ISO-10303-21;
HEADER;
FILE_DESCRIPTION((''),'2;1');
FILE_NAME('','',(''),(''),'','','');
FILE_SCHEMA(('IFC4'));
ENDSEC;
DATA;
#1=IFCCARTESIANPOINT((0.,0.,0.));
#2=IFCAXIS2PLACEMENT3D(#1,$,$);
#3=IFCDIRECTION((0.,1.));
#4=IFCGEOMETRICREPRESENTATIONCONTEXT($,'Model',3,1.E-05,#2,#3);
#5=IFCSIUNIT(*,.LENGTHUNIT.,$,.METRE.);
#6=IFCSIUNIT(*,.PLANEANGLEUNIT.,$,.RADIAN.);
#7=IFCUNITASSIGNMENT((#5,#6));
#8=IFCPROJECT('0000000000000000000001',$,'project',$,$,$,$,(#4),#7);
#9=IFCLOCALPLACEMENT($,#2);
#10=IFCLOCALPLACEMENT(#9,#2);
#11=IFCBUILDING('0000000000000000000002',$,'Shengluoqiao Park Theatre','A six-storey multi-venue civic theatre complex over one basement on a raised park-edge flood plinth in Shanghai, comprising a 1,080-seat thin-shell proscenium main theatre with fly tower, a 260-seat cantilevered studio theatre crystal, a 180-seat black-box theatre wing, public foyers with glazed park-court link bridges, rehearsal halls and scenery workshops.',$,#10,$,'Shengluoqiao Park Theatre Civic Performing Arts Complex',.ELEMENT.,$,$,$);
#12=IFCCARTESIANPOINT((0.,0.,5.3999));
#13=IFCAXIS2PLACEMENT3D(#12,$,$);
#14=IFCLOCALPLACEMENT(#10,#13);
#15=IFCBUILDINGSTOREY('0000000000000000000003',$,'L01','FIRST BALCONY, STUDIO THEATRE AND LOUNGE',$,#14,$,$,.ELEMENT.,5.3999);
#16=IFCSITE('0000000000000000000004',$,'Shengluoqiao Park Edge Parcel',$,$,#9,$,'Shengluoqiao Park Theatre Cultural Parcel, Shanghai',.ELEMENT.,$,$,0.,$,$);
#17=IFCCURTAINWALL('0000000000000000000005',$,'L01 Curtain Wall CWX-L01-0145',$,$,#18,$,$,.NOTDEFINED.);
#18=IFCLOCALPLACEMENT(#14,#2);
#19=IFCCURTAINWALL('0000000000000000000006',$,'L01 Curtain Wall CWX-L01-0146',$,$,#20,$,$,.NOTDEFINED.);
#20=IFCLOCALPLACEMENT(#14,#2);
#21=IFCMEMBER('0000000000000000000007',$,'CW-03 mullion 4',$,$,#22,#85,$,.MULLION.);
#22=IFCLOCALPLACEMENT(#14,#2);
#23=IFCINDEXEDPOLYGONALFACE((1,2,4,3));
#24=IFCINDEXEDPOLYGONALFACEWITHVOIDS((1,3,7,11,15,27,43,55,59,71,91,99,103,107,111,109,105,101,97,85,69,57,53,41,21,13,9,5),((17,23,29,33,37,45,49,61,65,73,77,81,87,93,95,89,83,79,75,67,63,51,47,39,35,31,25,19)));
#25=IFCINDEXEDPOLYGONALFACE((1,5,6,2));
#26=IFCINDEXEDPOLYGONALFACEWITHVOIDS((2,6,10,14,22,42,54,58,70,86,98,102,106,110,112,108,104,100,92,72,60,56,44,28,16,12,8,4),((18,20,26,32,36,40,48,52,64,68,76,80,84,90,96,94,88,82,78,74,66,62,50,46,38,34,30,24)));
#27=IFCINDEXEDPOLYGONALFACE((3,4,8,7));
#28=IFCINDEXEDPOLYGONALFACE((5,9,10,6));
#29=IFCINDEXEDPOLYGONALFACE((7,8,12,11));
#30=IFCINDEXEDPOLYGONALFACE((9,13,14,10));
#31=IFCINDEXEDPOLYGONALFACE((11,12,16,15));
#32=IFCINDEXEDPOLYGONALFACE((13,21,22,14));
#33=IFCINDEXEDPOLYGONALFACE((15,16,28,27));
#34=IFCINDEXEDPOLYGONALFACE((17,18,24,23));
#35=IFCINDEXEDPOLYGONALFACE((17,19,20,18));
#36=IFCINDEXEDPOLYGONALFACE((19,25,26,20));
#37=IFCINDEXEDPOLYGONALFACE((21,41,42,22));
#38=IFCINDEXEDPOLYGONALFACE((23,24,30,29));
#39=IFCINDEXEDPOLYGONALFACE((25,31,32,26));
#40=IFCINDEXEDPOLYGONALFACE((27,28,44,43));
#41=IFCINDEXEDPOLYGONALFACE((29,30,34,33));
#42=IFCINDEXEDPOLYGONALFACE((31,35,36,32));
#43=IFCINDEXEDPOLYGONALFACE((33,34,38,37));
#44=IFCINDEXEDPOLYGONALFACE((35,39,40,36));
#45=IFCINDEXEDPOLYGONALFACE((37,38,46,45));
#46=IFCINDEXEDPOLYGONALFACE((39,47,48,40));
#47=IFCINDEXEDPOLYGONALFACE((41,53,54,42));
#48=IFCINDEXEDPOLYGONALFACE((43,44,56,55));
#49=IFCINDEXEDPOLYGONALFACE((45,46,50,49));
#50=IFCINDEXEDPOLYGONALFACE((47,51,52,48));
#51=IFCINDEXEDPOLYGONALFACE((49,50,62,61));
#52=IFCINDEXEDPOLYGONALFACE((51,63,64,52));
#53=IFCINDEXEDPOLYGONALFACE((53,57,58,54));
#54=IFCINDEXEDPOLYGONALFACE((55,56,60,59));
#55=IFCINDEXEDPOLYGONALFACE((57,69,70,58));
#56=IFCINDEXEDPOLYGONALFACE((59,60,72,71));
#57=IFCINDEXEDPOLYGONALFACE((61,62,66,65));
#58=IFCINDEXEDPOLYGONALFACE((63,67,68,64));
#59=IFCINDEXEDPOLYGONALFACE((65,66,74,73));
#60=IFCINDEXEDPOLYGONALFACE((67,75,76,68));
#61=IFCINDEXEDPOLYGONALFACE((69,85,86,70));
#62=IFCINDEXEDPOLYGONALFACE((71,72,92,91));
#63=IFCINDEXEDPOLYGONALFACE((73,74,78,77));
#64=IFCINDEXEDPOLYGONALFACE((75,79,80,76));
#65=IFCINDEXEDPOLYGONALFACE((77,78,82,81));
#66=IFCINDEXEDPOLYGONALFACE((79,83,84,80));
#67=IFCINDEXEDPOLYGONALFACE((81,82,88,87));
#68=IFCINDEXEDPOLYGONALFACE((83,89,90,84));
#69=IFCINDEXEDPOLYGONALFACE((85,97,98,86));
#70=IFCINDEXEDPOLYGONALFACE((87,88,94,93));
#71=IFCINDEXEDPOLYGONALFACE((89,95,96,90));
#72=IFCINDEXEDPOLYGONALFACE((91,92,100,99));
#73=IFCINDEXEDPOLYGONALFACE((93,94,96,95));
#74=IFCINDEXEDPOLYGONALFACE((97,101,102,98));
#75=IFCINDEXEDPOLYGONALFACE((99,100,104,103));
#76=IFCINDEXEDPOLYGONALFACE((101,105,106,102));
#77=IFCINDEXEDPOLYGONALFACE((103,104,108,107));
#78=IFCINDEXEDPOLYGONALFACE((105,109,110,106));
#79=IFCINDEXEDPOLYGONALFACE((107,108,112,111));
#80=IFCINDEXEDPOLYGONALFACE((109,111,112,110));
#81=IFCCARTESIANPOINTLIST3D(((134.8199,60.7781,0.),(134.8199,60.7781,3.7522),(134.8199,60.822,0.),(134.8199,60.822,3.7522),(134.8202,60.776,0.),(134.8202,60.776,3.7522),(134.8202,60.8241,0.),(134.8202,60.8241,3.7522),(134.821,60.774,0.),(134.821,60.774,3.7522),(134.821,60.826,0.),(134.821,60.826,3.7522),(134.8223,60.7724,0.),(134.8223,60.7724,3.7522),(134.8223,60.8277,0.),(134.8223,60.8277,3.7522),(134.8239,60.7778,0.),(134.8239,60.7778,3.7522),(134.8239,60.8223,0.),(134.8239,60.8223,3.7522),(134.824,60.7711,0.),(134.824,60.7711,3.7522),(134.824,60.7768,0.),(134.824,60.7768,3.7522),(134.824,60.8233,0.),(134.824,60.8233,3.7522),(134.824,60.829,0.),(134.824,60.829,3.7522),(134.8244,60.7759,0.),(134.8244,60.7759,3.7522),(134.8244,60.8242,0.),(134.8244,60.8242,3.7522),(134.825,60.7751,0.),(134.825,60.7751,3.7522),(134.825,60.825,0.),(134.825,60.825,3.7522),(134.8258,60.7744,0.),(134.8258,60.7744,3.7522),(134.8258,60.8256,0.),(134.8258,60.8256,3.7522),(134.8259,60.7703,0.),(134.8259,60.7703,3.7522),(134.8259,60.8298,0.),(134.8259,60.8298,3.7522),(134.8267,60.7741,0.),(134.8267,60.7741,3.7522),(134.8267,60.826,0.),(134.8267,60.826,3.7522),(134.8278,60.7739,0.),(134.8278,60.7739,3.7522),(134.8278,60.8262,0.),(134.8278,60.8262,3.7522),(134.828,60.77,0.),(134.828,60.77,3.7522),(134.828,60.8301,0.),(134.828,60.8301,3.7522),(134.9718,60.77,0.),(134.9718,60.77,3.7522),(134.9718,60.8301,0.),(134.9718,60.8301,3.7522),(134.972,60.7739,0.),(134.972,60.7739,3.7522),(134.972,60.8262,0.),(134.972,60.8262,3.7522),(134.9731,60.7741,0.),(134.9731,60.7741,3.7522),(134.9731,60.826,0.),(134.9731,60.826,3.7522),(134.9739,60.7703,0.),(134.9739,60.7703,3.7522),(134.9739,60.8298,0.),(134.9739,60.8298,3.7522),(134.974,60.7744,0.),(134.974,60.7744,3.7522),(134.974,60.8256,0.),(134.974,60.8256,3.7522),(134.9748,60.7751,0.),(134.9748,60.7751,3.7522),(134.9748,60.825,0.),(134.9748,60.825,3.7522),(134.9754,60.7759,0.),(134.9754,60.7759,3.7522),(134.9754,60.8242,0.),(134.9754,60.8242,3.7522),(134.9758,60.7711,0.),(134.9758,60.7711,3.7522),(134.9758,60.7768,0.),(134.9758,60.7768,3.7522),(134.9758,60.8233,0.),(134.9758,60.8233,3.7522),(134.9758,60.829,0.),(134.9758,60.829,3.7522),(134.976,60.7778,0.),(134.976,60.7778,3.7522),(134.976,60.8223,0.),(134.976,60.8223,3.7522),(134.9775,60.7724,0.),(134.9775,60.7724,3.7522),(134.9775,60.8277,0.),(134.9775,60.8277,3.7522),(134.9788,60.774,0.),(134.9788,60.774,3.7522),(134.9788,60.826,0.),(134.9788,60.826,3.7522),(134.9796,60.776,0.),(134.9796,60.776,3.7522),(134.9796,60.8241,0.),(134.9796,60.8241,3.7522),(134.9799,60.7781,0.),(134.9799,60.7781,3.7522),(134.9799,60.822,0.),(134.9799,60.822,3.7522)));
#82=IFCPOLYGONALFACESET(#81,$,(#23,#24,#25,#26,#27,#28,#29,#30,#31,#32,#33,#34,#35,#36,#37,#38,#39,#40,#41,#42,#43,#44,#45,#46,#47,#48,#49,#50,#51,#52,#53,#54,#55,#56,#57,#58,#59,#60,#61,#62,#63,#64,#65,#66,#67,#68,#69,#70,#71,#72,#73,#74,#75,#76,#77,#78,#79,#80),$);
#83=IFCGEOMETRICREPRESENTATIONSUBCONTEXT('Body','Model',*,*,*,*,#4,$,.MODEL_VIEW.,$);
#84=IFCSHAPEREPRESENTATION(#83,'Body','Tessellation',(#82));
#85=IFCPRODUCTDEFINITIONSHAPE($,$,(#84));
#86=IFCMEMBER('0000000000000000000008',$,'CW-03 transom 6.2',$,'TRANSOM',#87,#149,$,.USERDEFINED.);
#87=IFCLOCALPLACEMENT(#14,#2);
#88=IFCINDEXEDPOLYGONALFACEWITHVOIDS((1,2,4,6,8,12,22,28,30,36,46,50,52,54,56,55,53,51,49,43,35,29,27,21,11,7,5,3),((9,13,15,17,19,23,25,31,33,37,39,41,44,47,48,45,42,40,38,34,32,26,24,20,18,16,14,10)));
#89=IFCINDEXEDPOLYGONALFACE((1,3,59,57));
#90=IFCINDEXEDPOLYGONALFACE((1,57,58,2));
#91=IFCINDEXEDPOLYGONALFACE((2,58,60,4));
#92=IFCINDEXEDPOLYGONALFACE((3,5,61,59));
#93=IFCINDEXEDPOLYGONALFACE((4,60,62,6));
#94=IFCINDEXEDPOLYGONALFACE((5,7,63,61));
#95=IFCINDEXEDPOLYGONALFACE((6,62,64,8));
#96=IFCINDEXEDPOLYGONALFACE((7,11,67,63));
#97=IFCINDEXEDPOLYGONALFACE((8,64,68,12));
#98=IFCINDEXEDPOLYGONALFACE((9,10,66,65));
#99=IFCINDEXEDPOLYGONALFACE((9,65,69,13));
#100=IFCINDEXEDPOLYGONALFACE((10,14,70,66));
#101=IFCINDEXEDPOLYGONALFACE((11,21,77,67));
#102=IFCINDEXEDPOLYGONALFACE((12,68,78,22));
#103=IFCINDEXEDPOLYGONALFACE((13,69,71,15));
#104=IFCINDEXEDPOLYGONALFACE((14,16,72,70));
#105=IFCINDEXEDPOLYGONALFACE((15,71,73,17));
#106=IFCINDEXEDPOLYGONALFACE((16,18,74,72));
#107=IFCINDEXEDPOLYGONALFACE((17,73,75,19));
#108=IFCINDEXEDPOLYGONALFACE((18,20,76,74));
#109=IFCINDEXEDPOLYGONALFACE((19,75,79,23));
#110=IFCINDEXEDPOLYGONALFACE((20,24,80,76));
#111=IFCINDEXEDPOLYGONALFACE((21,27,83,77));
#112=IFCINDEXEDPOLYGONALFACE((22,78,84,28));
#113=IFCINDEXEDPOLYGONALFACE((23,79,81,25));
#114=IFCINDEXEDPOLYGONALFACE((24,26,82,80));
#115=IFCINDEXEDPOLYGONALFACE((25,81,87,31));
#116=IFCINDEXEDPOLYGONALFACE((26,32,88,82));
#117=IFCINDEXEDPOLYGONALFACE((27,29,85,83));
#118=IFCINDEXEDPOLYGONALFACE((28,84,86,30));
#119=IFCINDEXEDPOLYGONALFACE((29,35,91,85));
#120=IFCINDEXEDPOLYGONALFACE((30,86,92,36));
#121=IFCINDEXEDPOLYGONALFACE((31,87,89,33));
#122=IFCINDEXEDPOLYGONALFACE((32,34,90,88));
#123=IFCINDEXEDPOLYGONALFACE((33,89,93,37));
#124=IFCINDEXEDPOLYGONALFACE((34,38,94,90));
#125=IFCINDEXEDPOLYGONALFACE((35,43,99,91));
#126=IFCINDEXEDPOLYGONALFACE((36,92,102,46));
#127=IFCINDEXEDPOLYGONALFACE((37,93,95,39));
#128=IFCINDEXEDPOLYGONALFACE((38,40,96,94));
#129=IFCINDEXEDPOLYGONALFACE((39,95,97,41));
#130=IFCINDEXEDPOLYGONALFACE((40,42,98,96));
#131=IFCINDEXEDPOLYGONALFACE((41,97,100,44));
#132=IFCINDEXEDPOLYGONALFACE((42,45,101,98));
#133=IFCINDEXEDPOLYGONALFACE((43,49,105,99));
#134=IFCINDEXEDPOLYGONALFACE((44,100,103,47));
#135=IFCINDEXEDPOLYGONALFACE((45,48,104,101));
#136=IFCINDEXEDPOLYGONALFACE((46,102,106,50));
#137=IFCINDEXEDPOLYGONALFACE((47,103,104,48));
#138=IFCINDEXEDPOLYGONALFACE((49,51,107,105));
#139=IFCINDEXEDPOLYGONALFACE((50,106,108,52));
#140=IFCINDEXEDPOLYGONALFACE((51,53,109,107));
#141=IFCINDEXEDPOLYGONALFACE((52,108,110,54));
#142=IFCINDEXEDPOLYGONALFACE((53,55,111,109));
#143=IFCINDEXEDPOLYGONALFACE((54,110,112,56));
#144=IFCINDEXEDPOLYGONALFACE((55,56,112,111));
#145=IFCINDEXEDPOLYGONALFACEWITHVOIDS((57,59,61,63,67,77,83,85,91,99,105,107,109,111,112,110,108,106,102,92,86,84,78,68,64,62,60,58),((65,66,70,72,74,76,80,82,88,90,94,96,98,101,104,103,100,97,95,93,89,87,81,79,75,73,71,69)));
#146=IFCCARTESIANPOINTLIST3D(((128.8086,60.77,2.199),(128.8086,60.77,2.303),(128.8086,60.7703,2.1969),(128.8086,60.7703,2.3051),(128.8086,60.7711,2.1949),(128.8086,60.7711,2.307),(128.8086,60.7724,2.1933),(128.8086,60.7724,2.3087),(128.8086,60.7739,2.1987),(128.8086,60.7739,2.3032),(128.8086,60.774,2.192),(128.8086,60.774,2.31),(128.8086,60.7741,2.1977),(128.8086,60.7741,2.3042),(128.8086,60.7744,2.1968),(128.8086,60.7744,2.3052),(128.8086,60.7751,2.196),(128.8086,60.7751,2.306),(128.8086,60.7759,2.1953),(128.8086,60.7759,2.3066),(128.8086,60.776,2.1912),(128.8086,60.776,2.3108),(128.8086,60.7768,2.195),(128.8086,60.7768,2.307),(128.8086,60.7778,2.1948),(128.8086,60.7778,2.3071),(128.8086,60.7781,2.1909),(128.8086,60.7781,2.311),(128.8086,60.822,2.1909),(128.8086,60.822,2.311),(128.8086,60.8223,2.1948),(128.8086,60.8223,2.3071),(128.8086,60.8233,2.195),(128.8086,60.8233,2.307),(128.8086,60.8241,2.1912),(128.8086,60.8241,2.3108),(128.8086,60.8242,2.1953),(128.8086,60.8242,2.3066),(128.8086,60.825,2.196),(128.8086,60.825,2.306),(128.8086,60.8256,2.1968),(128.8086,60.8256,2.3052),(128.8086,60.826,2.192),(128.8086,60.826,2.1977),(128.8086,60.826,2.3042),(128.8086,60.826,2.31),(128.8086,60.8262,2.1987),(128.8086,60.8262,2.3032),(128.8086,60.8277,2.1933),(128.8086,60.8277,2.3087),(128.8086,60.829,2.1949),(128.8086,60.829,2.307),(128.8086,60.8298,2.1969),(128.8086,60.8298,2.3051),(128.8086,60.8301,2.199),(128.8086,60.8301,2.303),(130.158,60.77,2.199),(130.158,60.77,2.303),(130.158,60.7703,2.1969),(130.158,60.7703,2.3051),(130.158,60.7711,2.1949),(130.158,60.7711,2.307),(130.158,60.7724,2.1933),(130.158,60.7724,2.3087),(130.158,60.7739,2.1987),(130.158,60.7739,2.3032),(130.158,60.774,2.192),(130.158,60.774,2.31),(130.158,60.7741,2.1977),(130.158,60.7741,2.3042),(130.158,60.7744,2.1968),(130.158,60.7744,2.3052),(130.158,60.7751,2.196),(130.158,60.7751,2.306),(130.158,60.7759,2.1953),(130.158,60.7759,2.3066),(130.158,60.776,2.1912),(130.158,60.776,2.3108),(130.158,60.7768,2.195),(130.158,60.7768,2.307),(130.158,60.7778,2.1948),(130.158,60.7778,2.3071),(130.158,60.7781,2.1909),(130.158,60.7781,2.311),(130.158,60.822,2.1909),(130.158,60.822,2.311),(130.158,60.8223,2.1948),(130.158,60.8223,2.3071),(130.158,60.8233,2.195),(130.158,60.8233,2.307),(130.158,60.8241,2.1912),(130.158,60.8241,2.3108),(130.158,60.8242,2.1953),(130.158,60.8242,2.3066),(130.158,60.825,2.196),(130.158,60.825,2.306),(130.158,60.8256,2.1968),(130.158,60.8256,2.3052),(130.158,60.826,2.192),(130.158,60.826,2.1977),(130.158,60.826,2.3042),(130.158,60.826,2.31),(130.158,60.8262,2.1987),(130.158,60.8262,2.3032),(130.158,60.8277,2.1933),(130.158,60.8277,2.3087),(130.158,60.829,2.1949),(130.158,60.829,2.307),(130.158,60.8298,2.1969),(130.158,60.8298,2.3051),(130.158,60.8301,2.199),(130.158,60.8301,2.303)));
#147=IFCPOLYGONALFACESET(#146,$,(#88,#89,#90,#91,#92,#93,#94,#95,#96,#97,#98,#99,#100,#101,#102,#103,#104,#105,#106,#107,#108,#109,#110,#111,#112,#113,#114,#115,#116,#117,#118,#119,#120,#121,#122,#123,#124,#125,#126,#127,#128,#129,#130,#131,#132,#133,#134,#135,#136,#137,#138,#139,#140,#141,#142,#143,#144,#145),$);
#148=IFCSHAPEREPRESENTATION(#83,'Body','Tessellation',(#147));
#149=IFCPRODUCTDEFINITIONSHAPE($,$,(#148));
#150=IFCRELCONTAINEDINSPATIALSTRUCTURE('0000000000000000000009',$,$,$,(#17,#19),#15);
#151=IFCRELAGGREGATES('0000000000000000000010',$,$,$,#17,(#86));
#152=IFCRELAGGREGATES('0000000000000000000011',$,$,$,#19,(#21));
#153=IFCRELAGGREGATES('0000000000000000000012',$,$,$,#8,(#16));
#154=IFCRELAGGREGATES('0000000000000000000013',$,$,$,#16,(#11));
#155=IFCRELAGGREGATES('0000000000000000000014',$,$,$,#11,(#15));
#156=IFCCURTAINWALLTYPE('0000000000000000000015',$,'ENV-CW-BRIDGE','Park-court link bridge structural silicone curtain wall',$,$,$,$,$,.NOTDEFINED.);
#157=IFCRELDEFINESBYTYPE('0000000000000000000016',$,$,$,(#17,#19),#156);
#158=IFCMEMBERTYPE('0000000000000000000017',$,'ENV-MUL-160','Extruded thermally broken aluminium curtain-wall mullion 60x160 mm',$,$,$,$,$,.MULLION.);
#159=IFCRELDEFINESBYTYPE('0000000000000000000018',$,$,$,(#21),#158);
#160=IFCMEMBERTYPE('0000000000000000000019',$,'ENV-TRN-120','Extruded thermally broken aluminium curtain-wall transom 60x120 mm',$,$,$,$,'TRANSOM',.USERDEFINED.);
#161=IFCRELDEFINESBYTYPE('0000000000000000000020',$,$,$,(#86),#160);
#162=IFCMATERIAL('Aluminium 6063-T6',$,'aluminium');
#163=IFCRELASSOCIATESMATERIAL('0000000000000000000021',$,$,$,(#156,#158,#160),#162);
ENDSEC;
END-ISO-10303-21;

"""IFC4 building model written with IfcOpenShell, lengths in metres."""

from ifc_helpers import new_model, si_unit, direction, frame, origin, origin_2d, place, context, subcontext, project, spatial, hollow_rectangle, extrude, material, material_profile, profile_set, type_object, element, aggregate, save


model = new_model("IFC4")

# Units and contexts
model_context = context("Model", 3, precision=1e-05, world=origin(), true_north=direction((0.0, 1.0)))
body_context = subcontext(model_context, "Body", "Model", "MODEL_VIEW")
ifc_project = project(units=[si_unit("LENGTHUNIT", "METRE"), si_unit("PLANEANGLEUNIT", "RADIAN")], contexts=[model_context])

# Site, building, storey
site_placement = place(None, origin())
site = spatial("IfcSite", under=ifc_project, at=site_placement, Name="Shengluoqiao Park Edge Parcel", LongName="Shengluoqiao Park Theatre Cultural Parcel, Shanghai", CompositionType="ELEMENT", RefElevation=0.0)
building_placement = place(site_placement, origin())
building = spatial("IfcBuilding", under=site, at=building_placement, Name="Shengluoqiao Park Theatre", Description="A six-storey multi-venue civic theatre complex over one basement on a raised park-edge flood plinth in Shanghai, comprising a 1,080-seat thin-shell proscenium main theatre with fly tower, a 260-seat cantilevered studio theatre crystal, a 180-seat black-box theatre wing, public foyers with glazed park-court link bridges, rehearsal halls and scenery workshops.", LongName="Shengluoqiao Park Theatre Civic Performing Arts Complex", CompositionType="ELEMENT")
storey_placement = place(building_placement, frame((0.0, 0.0, 5.3999)))
storey = spatial("IfcBuildingStorey", under=building, at=storey_placement, Name="L01", Description="FIRST BALCONY, STUDIO THEATRE AND LOUNGE", CompositionType="ELEMENT", Elevation=5.3999)

# Curtain wall
ifc_material_1 = material(Name="Aluminium 6063-T6", Category="aluminium")
curtain_wall_type = type_object("IfcCurtainWallType", Name="ENV-CW-BRIDGE", Description="Park-court link bridge structural silicone curtain wall", PredefinedType="NOTDEFINED", material=ifc_material_1)
curtain_wall_1_placement = place(storey_placement, origin())
curtain_wall_1 = element("IfcCurtainWall", 1, at=curtain_wall_1_placement, inside=storey, type_object=curtain_wall_type, Name="L01 Curtain Wall CWX-L01-0145", PredefinedType="NOTDEFINED")
ifc_material_profile_1 = material_profile(ifc_material_1, hollow_rectangle(XDim=0.0601, YDim=0.1599, WallThickness=0.0039, InnerFilletRadius=0.0039, OuterFilletRadius=0.0081, at=origin_2d()), Name="ALU MULLION 160x60x4")
ifc_profile_set_1 = profile_set([ifc_material_profile_1], Name="Aluminium 6063-T6")
member_type_1 = type_object("IfcMemberType", Name="ENV-MUL-160", Description="Extruded thermally broken aluminium curtain-wall mullion 60x160 mm", PredefinedType="MULLION", material=ifc_profile_set_1)

# Curtain wall, member
curtain_wall_2_placement = place(storey_placement, origin())
curtain_wall_2 = element("IfcCurtainWall", 2, at=curtain_wall_2_placement, inside=storey, type_object=curtain_wall_type, Name="L01 Curtain Wall CWX-L01-0146", PredefinedType="NOTDEFINED")
member_1_placement = place(storey_placement, frame((134.8999, 60.8, 0.0), z_axis=(0.0, 0.0, 1.0), x_axis=(0.0, 1.0, 0.0)))
member_1 = element("IfcMember", 3, at=member_1_placement, type_object=member_type_1, Name="CW-03 mullion 4", PredefinedType="MULLION", context=body_context, shape_type="SweptSolid", body=[
    extrude(hollow_rectangle(XDim=0.0601, YDim=0.1599, WallThickness=0.0039, InnerFilletRadius=0.0039, OuterFilletRadius=0.0081, at=origin_2d()), origin(), (0.0, 0.0, 1.0), 3.7522),
])

# Member
ifc_material_profile_2 = material_profile(ifc_material_1, hollow_rectangle(XDim=0.0601, YDim=0.1201, WallThickness=0.0039, InnerFilletRadius=0.0039, OuterFilletRadius=0.0081, at=origin_2d()), Name="ALU TRANSOM 120x60x4")
ifc_profile_set_2 = profile_set([ifc_material_profile_2], Name="Aluminium 6063-T6")
member_type_2 = type_object("IfcMemberType", Name="ENV-TRN-120", Description="Extruded thermally broken aluminium curtain-wall transom 60x120 mm", ElementType="TRANSOM", PredefinedType="USERDEFINED", material=ifc_profile_set_2)
member_2_placement = place(storey_placement, frame((128.8086, 60.8, 2.251), z_axis=(1.0, 0.0, 0.0), x_axis=(0.0, 1.0, 0.0)))
member_2 = element("IfcMember", 4, at=member_2_placement, type_object=member_type_2, Name="CW-03 transom 6.2", ObjectType="TRANSOM", PredefinedType="USERDEFINED", context=body_context, shape_type="SweptSolid", body=[
    extrude(hollow_rectangle(XDim=0.0601, YDim=0.1201, WallThickness=0.0039, InnerFilletRadius=0.0039, OuterFilletRadius=0.0081, at=origin_2d()), origin(), (0.0, 0.0, 1.0), 1.3494),
])

aggregate(curtain_wall_1, [member_2])
aggregate(curtain_wall_2, [member_1])

save(model, "model.ifc")
